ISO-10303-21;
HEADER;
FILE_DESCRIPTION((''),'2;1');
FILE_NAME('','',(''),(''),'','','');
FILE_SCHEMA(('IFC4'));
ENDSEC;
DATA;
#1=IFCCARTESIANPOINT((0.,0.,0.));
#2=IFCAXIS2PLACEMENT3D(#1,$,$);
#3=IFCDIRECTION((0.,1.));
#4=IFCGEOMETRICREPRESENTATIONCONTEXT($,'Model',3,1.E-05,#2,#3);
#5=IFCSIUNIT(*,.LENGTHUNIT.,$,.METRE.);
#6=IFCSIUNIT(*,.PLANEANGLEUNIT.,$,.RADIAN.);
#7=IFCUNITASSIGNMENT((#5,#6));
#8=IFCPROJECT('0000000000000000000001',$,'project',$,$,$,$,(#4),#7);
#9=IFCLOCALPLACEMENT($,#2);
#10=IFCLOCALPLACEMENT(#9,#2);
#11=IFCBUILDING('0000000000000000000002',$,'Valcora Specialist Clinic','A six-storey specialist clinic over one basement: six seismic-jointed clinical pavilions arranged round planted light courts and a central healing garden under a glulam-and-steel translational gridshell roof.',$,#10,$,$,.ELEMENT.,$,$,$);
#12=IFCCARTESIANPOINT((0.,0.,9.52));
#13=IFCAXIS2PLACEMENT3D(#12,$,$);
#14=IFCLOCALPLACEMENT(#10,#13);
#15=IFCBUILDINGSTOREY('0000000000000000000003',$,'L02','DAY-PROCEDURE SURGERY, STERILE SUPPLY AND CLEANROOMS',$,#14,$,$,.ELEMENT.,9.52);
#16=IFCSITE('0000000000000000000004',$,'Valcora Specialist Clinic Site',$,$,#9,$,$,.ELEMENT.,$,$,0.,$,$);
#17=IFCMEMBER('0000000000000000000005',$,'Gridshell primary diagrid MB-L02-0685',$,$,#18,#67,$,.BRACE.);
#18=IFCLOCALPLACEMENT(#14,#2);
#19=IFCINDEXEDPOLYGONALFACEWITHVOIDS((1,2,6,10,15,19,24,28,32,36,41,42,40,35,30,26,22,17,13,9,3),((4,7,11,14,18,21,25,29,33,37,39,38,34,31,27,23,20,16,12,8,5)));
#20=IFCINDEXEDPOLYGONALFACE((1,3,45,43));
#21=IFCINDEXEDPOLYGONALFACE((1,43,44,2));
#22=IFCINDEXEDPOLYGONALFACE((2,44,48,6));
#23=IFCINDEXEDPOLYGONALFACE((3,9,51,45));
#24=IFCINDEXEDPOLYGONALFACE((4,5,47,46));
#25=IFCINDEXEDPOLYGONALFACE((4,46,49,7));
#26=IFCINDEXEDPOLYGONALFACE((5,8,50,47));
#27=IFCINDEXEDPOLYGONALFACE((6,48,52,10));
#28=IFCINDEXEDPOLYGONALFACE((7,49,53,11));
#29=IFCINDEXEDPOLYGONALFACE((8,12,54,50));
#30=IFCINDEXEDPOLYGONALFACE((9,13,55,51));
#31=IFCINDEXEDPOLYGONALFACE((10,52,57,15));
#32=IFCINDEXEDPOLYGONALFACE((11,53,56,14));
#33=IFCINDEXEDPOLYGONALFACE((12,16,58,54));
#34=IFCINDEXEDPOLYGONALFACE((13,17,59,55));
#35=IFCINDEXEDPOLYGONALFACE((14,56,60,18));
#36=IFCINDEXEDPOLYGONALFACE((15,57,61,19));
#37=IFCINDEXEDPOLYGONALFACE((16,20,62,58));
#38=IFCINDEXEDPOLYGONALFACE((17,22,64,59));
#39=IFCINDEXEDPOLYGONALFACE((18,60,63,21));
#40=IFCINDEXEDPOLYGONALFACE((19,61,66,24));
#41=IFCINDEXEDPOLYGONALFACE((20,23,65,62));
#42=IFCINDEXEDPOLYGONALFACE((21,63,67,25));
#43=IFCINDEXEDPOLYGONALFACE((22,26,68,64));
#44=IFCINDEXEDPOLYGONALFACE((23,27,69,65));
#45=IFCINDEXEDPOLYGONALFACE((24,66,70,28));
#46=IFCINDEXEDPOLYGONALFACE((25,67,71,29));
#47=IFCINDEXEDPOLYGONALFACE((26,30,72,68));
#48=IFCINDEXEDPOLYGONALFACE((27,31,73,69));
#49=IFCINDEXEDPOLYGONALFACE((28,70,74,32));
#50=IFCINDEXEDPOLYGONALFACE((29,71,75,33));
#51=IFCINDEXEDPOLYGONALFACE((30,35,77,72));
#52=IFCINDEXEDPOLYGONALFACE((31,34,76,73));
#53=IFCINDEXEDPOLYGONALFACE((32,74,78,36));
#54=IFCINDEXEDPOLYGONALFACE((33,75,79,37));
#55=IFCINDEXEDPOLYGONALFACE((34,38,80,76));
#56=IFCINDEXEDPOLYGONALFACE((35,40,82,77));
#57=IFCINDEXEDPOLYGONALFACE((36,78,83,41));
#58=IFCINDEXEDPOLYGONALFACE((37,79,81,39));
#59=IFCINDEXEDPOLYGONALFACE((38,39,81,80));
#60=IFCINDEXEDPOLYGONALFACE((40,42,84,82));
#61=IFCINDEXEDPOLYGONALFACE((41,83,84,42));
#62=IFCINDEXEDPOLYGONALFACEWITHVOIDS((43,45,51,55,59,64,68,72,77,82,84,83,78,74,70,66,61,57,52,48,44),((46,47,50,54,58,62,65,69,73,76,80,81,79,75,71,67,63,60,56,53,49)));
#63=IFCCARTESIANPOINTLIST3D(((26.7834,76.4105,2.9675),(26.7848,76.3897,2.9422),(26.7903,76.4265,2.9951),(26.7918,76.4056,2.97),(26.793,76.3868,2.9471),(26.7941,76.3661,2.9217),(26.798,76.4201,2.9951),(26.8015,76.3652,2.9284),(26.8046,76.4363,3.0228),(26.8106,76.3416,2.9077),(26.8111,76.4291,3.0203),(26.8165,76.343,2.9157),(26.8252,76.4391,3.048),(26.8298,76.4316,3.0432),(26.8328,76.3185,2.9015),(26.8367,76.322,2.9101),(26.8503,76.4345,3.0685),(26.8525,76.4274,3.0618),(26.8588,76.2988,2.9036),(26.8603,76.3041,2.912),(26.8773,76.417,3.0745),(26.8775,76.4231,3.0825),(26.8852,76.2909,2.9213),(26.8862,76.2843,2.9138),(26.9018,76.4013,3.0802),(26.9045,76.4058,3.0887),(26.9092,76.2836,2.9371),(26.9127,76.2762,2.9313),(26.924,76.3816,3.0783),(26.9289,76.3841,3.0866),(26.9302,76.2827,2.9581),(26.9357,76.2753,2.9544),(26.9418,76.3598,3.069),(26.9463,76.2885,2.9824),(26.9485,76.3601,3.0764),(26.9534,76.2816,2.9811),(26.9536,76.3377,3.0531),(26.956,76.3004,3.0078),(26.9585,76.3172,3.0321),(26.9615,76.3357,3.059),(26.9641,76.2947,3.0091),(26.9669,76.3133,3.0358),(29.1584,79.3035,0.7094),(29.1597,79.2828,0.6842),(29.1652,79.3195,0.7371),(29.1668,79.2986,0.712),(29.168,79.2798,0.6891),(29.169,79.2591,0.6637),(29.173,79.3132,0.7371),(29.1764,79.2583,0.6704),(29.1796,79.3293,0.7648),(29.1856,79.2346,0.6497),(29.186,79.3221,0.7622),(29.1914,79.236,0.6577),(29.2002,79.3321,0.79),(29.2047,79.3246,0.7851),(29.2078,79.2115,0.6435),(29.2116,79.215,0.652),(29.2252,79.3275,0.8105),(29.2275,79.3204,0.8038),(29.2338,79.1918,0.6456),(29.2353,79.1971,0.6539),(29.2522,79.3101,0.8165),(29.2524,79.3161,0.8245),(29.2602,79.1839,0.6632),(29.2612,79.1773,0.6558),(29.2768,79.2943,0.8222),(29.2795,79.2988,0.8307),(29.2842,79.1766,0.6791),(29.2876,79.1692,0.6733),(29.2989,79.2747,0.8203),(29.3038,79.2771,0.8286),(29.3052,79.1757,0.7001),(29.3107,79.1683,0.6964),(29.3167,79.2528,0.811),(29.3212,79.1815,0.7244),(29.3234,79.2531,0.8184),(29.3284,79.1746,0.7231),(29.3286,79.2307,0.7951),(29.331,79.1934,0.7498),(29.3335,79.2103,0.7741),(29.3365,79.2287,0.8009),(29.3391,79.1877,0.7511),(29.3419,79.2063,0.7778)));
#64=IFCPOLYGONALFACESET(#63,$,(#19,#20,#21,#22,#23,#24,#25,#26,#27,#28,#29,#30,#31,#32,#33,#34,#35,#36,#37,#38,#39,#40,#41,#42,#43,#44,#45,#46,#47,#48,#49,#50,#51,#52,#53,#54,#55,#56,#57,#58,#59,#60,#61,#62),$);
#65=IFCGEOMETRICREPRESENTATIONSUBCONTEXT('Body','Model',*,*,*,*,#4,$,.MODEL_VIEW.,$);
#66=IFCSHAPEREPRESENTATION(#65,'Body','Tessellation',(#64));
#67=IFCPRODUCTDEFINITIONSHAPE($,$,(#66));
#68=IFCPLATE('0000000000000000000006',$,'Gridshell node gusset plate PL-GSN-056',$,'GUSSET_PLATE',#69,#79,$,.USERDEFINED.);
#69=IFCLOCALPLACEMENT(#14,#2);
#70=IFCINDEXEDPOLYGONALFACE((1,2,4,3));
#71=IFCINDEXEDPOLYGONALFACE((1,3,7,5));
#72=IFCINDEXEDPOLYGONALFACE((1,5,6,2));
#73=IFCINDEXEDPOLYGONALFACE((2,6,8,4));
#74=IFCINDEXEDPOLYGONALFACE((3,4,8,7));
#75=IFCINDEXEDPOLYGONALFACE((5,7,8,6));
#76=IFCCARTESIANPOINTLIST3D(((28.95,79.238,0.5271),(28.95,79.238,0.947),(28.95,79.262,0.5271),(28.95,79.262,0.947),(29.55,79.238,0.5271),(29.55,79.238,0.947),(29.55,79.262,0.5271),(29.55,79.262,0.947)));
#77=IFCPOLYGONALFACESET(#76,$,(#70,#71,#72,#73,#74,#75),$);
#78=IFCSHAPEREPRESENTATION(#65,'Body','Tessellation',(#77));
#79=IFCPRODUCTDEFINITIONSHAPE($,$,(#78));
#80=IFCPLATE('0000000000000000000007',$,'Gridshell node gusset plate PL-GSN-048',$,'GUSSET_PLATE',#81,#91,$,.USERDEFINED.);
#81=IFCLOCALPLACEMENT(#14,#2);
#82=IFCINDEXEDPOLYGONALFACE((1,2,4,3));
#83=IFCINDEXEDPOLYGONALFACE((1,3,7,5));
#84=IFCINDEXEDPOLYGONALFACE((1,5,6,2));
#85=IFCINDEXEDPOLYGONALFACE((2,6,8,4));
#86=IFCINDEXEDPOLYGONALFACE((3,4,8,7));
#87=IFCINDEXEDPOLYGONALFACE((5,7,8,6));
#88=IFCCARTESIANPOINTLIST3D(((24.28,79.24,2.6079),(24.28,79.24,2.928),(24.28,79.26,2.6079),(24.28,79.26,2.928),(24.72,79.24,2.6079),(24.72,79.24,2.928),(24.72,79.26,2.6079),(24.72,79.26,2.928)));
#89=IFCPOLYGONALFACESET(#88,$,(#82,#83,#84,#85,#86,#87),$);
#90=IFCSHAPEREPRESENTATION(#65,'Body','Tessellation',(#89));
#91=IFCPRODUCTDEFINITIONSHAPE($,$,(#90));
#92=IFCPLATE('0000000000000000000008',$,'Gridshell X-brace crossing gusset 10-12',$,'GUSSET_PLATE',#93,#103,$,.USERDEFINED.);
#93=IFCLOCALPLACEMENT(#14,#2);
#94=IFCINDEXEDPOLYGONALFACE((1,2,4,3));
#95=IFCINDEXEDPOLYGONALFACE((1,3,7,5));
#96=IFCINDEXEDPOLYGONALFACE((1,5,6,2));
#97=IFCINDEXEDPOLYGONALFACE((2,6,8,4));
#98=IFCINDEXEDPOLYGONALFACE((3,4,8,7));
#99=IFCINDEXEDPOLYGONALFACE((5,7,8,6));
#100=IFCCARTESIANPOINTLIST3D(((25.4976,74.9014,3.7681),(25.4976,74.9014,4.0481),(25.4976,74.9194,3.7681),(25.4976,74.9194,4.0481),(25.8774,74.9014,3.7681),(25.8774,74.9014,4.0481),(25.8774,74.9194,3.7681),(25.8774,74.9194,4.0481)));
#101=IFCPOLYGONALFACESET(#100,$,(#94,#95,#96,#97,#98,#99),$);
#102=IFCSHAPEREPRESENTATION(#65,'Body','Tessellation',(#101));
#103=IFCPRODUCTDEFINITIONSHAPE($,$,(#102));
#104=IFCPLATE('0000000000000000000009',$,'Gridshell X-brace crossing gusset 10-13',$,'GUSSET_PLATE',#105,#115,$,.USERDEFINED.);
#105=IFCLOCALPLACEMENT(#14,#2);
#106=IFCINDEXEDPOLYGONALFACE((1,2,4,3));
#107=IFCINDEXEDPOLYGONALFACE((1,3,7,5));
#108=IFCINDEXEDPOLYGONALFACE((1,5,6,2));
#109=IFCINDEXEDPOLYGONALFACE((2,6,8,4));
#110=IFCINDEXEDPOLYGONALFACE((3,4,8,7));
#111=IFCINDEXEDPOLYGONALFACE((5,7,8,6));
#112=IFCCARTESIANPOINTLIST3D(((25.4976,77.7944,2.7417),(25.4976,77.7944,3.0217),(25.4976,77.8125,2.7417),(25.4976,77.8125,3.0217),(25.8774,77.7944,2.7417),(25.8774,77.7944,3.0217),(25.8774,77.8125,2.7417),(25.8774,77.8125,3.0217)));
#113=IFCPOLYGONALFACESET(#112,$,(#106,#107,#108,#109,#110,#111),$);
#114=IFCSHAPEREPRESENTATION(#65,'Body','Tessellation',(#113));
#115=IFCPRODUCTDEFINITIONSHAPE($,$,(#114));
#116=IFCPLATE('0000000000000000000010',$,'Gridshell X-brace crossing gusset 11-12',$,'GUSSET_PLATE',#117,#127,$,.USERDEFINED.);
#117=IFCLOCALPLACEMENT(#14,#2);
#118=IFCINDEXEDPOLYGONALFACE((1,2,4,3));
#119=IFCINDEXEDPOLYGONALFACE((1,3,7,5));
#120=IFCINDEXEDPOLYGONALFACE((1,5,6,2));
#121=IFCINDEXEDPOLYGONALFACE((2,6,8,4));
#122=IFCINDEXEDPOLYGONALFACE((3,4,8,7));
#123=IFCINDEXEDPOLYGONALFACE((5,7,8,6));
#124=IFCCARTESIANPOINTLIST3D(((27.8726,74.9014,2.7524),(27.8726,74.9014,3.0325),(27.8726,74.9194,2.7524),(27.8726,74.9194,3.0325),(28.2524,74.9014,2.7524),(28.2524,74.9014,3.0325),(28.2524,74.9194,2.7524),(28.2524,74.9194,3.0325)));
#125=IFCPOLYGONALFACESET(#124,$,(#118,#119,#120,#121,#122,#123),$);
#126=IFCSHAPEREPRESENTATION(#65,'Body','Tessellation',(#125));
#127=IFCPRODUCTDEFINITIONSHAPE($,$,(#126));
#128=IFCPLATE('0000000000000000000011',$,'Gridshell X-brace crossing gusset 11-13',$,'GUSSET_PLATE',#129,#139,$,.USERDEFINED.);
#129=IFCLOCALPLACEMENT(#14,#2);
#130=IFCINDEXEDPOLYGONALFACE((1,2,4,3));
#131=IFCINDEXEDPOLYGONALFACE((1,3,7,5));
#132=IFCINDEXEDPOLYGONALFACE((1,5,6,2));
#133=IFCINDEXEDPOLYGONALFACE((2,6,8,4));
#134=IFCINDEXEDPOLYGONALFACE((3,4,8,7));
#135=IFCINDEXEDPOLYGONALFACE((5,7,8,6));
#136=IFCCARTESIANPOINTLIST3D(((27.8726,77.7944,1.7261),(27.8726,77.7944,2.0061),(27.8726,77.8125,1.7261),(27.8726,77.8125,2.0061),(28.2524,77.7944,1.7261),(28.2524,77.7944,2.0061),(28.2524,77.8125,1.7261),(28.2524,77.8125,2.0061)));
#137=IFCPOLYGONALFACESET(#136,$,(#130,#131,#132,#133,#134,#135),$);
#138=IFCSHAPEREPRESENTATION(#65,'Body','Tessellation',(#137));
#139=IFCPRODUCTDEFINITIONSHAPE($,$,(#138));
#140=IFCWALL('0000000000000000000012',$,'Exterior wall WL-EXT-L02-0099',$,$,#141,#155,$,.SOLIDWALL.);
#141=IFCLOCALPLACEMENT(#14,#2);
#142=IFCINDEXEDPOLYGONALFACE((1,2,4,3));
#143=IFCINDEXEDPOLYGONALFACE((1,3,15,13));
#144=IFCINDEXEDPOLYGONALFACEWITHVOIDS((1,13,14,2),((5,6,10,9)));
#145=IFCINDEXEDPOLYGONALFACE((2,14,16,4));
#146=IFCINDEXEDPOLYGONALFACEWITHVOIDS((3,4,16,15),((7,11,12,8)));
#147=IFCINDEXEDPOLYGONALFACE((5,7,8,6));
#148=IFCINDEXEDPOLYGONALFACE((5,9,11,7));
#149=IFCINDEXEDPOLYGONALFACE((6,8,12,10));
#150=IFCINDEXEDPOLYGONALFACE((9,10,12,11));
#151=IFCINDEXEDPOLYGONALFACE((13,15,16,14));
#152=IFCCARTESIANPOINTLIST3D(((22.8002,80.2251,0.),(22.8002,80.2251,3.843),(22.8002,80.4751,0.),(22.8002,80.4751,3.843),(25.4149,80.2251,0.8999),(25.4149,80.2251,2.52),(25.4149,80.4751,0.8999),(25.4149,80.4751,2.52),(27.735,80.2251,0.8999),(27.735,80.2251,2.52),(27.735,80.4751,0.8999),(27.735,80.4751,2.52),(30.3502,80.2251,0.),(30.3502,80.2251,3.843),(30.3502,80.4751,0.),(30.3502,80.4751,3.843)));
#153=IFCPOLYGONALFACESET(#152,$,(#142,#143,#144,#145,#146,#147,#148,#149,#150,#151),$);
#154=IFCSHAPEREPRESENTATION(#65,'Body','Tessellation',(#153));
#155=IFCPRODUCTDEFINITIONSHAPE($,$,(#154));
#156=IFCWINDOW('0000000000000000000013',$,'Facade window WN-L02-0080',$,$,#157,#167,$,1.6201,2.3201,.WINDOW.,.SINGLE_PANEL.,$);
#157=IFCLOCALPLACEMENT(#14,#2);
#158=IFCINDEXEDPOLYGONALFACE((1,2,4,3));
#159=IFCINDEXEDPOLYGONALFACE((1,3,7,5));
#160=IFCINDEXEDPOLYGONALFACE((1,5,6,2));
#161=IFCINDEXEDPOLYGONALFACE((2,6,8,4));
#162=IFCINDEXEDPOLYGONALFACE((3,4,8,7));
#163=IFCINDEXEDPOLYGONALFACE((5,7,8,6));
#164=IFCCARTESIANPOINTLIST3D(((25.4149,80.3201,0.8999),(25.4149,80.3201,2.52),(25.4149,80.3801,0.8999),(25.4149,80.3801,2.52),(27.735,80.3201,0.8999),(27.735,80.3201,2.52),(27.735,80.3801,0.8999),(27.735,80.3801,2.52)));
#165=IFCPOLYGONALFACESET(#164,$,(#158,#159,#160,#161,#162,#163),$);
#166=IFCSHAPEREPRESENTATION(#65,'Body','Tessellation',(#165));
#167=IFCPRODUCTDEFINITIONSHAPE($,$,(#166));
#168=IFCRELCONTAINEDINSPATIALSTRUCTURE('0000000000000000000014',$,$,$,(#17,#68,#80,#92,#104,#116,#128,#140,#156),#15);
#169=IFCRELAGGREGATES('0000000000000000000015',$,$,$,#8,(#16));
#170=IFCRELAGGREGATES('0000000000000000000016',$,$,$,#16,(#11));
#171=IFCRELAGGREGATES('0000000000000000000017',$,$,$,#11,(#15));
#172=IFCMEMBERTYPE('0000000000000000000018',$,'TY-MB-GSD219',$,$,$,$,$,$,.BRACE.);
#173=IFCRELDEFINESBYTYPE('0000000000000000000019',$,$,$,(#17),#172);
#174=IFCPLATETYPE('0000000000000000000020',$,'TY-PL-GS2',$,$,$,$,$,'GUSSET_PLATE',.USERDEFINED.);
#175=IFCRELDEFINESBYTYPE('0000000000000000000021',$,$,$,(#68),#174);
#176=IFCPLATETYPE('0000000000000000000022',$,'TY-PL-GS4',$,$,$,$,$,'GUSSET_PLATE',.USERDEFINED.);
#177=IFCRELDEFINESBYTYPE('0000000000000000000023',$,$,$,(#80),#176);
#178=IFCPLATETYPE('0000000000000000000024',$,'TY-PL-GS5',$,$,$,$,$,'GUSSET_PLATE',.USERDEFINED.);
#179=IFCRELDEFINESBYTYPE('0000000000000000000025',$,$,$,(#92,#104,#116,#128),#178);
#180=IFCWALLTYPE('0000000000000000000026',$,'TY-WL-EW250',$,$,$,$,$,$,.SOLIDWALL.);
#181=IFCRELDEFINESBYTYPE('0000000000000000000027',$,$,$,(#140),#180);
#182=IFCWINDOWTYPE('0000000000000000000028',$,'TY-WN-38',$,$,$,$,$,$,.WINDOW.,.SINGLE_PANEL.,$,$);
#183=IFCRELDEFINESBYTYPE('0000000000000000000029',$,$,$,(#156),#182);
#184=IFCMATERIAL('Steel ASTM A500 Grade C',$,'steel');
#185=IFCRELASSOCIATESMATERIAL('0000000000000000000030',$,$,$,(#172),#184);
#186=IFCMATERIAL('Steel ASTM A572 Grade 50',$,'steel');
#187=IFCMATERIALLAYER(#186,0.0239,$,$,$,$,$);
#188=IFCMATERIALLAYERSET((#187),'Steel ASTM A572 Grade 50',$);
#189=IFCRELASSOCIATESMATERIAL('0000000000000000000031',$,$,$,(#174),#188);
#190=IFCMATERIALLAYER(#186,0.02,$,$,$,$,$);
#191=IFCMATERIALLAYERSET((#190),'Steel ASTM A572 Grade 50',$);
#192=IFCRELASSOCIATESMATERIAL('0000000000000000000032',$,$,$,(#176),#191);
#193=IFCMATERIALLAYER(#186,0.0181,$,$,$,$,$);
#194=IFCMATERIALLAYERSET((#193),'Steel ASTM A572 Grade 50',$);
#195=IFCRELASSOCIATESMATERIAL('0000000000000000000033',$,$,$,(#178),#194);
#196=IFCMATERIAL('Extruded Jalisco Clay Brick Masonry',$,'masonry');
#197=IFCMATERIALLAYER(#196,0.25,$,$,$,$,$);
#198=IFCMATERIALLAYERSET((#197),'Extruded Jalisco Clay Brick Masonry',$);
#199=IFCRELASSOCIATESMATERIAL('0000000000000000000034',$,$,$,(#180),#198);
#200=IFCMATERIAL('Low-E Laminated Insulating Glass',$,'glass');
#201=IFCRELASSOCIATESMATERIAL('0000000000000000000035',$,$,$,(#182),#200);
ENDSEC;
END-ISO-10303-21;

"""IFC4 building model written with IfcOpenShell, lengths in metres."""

from ifc_helpers import new_model, si_unit, direction, frame, frame_2d, origin, origin_2d, place, context, subcontext, project, spatial, rectangle, hollow_circle, extrude, material, layer, layer_set, material_profile, profile_set, type_object, element, fill, save


model = new_model("IFC4")

# Units and contexts
model_context = context("Model", 3, precision=1e-05, world=origin(), true_north=direction((0.0, 1.0)))
body_context = subcontext(model_context, "Body", "Model", "MODEL_VIEW")
ifc_project = project(units=[si_unit("LENGTHUNIT", "METRE"), si_unit("PLANEANGLEUNIT", "RADIAN")], contexts=[model_context])

# Site, building, storey
site_placement = place(None, origin())
site = spatial("IfcSite", under=ifc_project, at=site_placement, Name="Valcora Specialist Clinic Site", CompositionType="ELEMENT", RefElevation=0.0)
building_placement = place(site_placement, origin())
building = spatial("IfcBuilding", under=site, at=building_placement, Name="Valcora Specialist Clinic", Description="A six-storey specialist clinic over one basement: six seismic-jointed clinical pavilions arranged round planted light courts and a central healing garden under a glulam-and-steel translational gridshell roof.", CompositionType="ELEMENT")
storey_placement = place(building_placement, frame((0.0, 0.0, 9.52)))
storey = spatial("IfcBuildingStorey", under=building, at=storey_placement, Name="L02", Description="DAY-PROCEDURE SURGERY, STERILE SUPPLY AND CLEANROOMS", CompositionType="ELEMENT", Elevation=9.52)

# Member
ifc_material_1 = material(Name="Steel ASTM A500 Grade C", Category="steel")
ifc_material_profile_1 = material_profile(ifc_material_1, hollow_circle(Radius=0.1096, WallThickness=0.01, at=origin_2d()), Name="ST-CHS-219X10")
ifc_profile_set_1 = profile_set([ifc_material_profile_1], Name="Steel ASTM A500 Grade C")
member_type_1 = type_object("IfcMemberType", Name="TY-MB-GSD219", PredefinedType="BRACE", material=ifc_profile_set_1)
member_1_placement = place(storey_placement, frame((26.875, 76.3569, 2.9951), z_axis=(0.543302, 0.661814, -0.51655), x_axis=(-0.772916, 0.634508, 0.0)))
element("IfcMember", 1, at=member_1_placement, inside=storey, type_object=member_type_1, Name="Gridshell primary diagrid MB-L02-0685", PredefinedType="BRACE", context=body_context, shape_type="SweptSolid", body=[
    extrude(hollow_circle(Radius=0.1096, WallThickness=0.01, at=origin_2d()), origin(), (0.0, 0.0, 1.0), 4.3713),
])

# Plates
ifc_material_2 = material(Name="Steel ASTM A572 Grade 50", Category="steel")
ifc_layer_1 = layer(ifc_material_2, 0.0239)
ifc_layer_set_1 = layer_set([ifc_layer_1], Name="Steel ASTM A572 Grade 50")
plate_type_1 = type_object("IfcPlateType", Name="TY-PL-GS2", ElementType="GUSSET_PLATE", PredefinedType="USERDEFINED", material=ifc_layer_set_1)
plate_1_placement = place(storey_placement, frame((29.25, 79.25, 0.5271), z_axis=(0.0, 0.0, 1.0), x_axis=(1.0, 0.0, 0.0)))
element("IfcPlate", 2, at=plate_1_placement, inside=storey, type_object=plate_type_1, Name="Gridshell node gusset plate PL-GSN-056", ObjectType="GUSSET_PLATE", PredefinedType="USERDEFINED", context=body_context, shape_type="SweptSolid", body=[
    extrude(rectangle(XDim=0.6001, YDim=0.0239, at=origin_2d()), origin(), (0.0, 0.0, 1.0), 0.4199),
])
ifc_layer_2 = layer(ifc_material_2, 0.02)
ifc_layer_set_2 = layer_set([ifc_layer_2], Name="Steel ASTM A572 Grade 50")
plate_type_2 = type_object("IfcPlateType", Name="TY-PL-GS4", ElementType="GUSSET_PLATE", PredefinedType="USERDEFINED", material=ifc_layer_set_2)
plate_2_placement = place(storey_placement, frame((24.5, 79.25, 2.6079), z_axis=(0.0, 0.0, 1.0), x_axis=(1.0, 0.0, 0.0)))
element("IfcPlate", 3, at=plate_2_placement, inside=storey, type_object=plate_type_2, Name="Gridshell node gusset plate PL-GSN-048", ObjectType="GUSSET_PLATE", PredefinedType="USERDEFINED", context=body_context, shape_type="SweptSolid", body=[
    extrude(rectangle(XDim=0.4399, YDim=0.02, at=origin_2d()), origin(), (0.0, 0.0, 1.0), 0.3201),
])
ifc_layer_3 = layer(ifc_material_2, 0.0181)
ifc_layer_set_3 = layer_set([ifc_layer_3], Name="Steel ASTM A572 Grade 50")
plate_type_3 = type_object("IfcPlateType", Name="TY-PL-GS5", ElementType="GUSSET_PLATE", PredefinedType="USERDEFINED", material=ifc_layer_set_3)
for number, where, z_axis, x_axis, name in (
    (4, (25.6875, 74.9104, 3.7681), (0.0, 0.0, 1.0), (1.0, 0.0, 0.0), "Gridshell X-brace crossing gusset 10-12"),
    (5, (25.6875, 77.8035, 2.7417), (0.0, 0.0, 1.0), (1.0, 0.0, 0.0), "Gridshell X-brace crossing gusset 10-13"),
    (6, (28.0625, 74.9104, 2.7524), (0.0, 0.0, 1.0), (1.0, 0.0, 0.0), "Gridshell X-brace crossing gusset 11-12"),
    (7, (28.0625, 77.8035, 1.7261), (0.0, 0.0, 1.0), (1.0, 0.0, 0.0), "Gridshell X-brace crossing gusset 11-13"),
):
    element("IfcPlate", number, at=place(storey_placement, frame(where, z_axis=z_axis, x_axis=x_axis)), inside=storey, type_object=plate_type_3, Name=name, ObjectType="GUSSET_PLATE", PredefinedType="USERDEFINED", context=body_context, shape_type="SweptSolid", body=[
        extrude(rectangle(XDim=0.3799, YDim=0.0181, at=origin_2d()), origin(), (0.0, 0.0, 1.0), 0.28),
    ])

# Wall, opening, window
ifc_material_3 = material(Name="Extruded Jalisco Clay Brick Masonry", Category="masonry")
ifc_layer_4 = layer(ifc_material_3, 0.25)
ifc_layer_set_4 = layer_set([ifc_layer_4], Name="Extruded Jalisco Clay Brick Masonry")
wall_type_1 = type_object("IfcWallType", Name="TY-WL-EW250", PredefinedType="SOLIDWALL", material=ifc_layer_set_4)
wall_1_placement = place(storey_placement, frame((30.3501, 80.3501, 0.0), z_axis=(0.0, 0.0, 1.0), x_axis=(-1.0, 0.0, 0.0)))
wall_1 = element("IfcWall", 8, at=wall_1_placement, inside=storey, type_object=wall_type_1, Name="Exterior wall WL-EXT-L02-0099", PredefinedType="SOLIDWALL", context=body_context, shape_type="SweptSolid", body=[
    extrude(rectangle(XDim=7.55, YDim=0.25, at=frame_2d((3.7749, 0.0))), origin(), (0.0, 0.0, 1.0), 3.843),
])
opening_1_placement = place(wall_1_placement, frame((2.615, 0.0, 0.8999)))
opening_1 = element("IfcOpeningElement", 9, at=opening_1_placement, cuts=wall_1, PredefinedType="OPENING", context=body_context, shape_type="SweptSolid", body=[
    extrude(rectangle(XDim=2.3201, YDim=1.6201, at=frame_2d((1.1602, 0.8101))), frame((0.0, 0.135, 0.0), z_axis=(0.0, -1.0, 0.0), x_axis=(1.0, 0.0, 0.0)), (0.0, 0.0, 1.0), 0.27),
])
ifc_material_4 = material(Name="Low-E Laminated Insulating Glass", Category="glass")
window_type_1 = type_object("IfcWindowType", Name="TY-WN-38", PartitioningType="SINGLE_PANEL", PredefinedType="WINDOW", material=ifc_material_4)
window_1_placement = place(opening_1_placement, origin())
window_1 = element("IfcWindow", 10, at=window_1_placement, inside=storey, type_object=window_type_1, Name="Facade window WN-L02-0080", OverallHeight=1.6201, OverallWidth=2.3201, PartitioningType="SINGLE_PANEL", PredefinedType="WINDOW", context=body_context, shape_type="SweptSolid", body=[
    extrude(rectangle(XDim=2.3201, YDim=1.6201, at=frame_2d((1.1602, 0.8101))), frame((0.0, 0.03, 0.0), z_axis=(0.0, -1.0, 0.0), x_axis=(1.0, 0.0, 0.0)), (0.0, 0.0, 1.0), 0.0601),
])
fill(opening_1, window_1)

save(model, "model.ifc")
